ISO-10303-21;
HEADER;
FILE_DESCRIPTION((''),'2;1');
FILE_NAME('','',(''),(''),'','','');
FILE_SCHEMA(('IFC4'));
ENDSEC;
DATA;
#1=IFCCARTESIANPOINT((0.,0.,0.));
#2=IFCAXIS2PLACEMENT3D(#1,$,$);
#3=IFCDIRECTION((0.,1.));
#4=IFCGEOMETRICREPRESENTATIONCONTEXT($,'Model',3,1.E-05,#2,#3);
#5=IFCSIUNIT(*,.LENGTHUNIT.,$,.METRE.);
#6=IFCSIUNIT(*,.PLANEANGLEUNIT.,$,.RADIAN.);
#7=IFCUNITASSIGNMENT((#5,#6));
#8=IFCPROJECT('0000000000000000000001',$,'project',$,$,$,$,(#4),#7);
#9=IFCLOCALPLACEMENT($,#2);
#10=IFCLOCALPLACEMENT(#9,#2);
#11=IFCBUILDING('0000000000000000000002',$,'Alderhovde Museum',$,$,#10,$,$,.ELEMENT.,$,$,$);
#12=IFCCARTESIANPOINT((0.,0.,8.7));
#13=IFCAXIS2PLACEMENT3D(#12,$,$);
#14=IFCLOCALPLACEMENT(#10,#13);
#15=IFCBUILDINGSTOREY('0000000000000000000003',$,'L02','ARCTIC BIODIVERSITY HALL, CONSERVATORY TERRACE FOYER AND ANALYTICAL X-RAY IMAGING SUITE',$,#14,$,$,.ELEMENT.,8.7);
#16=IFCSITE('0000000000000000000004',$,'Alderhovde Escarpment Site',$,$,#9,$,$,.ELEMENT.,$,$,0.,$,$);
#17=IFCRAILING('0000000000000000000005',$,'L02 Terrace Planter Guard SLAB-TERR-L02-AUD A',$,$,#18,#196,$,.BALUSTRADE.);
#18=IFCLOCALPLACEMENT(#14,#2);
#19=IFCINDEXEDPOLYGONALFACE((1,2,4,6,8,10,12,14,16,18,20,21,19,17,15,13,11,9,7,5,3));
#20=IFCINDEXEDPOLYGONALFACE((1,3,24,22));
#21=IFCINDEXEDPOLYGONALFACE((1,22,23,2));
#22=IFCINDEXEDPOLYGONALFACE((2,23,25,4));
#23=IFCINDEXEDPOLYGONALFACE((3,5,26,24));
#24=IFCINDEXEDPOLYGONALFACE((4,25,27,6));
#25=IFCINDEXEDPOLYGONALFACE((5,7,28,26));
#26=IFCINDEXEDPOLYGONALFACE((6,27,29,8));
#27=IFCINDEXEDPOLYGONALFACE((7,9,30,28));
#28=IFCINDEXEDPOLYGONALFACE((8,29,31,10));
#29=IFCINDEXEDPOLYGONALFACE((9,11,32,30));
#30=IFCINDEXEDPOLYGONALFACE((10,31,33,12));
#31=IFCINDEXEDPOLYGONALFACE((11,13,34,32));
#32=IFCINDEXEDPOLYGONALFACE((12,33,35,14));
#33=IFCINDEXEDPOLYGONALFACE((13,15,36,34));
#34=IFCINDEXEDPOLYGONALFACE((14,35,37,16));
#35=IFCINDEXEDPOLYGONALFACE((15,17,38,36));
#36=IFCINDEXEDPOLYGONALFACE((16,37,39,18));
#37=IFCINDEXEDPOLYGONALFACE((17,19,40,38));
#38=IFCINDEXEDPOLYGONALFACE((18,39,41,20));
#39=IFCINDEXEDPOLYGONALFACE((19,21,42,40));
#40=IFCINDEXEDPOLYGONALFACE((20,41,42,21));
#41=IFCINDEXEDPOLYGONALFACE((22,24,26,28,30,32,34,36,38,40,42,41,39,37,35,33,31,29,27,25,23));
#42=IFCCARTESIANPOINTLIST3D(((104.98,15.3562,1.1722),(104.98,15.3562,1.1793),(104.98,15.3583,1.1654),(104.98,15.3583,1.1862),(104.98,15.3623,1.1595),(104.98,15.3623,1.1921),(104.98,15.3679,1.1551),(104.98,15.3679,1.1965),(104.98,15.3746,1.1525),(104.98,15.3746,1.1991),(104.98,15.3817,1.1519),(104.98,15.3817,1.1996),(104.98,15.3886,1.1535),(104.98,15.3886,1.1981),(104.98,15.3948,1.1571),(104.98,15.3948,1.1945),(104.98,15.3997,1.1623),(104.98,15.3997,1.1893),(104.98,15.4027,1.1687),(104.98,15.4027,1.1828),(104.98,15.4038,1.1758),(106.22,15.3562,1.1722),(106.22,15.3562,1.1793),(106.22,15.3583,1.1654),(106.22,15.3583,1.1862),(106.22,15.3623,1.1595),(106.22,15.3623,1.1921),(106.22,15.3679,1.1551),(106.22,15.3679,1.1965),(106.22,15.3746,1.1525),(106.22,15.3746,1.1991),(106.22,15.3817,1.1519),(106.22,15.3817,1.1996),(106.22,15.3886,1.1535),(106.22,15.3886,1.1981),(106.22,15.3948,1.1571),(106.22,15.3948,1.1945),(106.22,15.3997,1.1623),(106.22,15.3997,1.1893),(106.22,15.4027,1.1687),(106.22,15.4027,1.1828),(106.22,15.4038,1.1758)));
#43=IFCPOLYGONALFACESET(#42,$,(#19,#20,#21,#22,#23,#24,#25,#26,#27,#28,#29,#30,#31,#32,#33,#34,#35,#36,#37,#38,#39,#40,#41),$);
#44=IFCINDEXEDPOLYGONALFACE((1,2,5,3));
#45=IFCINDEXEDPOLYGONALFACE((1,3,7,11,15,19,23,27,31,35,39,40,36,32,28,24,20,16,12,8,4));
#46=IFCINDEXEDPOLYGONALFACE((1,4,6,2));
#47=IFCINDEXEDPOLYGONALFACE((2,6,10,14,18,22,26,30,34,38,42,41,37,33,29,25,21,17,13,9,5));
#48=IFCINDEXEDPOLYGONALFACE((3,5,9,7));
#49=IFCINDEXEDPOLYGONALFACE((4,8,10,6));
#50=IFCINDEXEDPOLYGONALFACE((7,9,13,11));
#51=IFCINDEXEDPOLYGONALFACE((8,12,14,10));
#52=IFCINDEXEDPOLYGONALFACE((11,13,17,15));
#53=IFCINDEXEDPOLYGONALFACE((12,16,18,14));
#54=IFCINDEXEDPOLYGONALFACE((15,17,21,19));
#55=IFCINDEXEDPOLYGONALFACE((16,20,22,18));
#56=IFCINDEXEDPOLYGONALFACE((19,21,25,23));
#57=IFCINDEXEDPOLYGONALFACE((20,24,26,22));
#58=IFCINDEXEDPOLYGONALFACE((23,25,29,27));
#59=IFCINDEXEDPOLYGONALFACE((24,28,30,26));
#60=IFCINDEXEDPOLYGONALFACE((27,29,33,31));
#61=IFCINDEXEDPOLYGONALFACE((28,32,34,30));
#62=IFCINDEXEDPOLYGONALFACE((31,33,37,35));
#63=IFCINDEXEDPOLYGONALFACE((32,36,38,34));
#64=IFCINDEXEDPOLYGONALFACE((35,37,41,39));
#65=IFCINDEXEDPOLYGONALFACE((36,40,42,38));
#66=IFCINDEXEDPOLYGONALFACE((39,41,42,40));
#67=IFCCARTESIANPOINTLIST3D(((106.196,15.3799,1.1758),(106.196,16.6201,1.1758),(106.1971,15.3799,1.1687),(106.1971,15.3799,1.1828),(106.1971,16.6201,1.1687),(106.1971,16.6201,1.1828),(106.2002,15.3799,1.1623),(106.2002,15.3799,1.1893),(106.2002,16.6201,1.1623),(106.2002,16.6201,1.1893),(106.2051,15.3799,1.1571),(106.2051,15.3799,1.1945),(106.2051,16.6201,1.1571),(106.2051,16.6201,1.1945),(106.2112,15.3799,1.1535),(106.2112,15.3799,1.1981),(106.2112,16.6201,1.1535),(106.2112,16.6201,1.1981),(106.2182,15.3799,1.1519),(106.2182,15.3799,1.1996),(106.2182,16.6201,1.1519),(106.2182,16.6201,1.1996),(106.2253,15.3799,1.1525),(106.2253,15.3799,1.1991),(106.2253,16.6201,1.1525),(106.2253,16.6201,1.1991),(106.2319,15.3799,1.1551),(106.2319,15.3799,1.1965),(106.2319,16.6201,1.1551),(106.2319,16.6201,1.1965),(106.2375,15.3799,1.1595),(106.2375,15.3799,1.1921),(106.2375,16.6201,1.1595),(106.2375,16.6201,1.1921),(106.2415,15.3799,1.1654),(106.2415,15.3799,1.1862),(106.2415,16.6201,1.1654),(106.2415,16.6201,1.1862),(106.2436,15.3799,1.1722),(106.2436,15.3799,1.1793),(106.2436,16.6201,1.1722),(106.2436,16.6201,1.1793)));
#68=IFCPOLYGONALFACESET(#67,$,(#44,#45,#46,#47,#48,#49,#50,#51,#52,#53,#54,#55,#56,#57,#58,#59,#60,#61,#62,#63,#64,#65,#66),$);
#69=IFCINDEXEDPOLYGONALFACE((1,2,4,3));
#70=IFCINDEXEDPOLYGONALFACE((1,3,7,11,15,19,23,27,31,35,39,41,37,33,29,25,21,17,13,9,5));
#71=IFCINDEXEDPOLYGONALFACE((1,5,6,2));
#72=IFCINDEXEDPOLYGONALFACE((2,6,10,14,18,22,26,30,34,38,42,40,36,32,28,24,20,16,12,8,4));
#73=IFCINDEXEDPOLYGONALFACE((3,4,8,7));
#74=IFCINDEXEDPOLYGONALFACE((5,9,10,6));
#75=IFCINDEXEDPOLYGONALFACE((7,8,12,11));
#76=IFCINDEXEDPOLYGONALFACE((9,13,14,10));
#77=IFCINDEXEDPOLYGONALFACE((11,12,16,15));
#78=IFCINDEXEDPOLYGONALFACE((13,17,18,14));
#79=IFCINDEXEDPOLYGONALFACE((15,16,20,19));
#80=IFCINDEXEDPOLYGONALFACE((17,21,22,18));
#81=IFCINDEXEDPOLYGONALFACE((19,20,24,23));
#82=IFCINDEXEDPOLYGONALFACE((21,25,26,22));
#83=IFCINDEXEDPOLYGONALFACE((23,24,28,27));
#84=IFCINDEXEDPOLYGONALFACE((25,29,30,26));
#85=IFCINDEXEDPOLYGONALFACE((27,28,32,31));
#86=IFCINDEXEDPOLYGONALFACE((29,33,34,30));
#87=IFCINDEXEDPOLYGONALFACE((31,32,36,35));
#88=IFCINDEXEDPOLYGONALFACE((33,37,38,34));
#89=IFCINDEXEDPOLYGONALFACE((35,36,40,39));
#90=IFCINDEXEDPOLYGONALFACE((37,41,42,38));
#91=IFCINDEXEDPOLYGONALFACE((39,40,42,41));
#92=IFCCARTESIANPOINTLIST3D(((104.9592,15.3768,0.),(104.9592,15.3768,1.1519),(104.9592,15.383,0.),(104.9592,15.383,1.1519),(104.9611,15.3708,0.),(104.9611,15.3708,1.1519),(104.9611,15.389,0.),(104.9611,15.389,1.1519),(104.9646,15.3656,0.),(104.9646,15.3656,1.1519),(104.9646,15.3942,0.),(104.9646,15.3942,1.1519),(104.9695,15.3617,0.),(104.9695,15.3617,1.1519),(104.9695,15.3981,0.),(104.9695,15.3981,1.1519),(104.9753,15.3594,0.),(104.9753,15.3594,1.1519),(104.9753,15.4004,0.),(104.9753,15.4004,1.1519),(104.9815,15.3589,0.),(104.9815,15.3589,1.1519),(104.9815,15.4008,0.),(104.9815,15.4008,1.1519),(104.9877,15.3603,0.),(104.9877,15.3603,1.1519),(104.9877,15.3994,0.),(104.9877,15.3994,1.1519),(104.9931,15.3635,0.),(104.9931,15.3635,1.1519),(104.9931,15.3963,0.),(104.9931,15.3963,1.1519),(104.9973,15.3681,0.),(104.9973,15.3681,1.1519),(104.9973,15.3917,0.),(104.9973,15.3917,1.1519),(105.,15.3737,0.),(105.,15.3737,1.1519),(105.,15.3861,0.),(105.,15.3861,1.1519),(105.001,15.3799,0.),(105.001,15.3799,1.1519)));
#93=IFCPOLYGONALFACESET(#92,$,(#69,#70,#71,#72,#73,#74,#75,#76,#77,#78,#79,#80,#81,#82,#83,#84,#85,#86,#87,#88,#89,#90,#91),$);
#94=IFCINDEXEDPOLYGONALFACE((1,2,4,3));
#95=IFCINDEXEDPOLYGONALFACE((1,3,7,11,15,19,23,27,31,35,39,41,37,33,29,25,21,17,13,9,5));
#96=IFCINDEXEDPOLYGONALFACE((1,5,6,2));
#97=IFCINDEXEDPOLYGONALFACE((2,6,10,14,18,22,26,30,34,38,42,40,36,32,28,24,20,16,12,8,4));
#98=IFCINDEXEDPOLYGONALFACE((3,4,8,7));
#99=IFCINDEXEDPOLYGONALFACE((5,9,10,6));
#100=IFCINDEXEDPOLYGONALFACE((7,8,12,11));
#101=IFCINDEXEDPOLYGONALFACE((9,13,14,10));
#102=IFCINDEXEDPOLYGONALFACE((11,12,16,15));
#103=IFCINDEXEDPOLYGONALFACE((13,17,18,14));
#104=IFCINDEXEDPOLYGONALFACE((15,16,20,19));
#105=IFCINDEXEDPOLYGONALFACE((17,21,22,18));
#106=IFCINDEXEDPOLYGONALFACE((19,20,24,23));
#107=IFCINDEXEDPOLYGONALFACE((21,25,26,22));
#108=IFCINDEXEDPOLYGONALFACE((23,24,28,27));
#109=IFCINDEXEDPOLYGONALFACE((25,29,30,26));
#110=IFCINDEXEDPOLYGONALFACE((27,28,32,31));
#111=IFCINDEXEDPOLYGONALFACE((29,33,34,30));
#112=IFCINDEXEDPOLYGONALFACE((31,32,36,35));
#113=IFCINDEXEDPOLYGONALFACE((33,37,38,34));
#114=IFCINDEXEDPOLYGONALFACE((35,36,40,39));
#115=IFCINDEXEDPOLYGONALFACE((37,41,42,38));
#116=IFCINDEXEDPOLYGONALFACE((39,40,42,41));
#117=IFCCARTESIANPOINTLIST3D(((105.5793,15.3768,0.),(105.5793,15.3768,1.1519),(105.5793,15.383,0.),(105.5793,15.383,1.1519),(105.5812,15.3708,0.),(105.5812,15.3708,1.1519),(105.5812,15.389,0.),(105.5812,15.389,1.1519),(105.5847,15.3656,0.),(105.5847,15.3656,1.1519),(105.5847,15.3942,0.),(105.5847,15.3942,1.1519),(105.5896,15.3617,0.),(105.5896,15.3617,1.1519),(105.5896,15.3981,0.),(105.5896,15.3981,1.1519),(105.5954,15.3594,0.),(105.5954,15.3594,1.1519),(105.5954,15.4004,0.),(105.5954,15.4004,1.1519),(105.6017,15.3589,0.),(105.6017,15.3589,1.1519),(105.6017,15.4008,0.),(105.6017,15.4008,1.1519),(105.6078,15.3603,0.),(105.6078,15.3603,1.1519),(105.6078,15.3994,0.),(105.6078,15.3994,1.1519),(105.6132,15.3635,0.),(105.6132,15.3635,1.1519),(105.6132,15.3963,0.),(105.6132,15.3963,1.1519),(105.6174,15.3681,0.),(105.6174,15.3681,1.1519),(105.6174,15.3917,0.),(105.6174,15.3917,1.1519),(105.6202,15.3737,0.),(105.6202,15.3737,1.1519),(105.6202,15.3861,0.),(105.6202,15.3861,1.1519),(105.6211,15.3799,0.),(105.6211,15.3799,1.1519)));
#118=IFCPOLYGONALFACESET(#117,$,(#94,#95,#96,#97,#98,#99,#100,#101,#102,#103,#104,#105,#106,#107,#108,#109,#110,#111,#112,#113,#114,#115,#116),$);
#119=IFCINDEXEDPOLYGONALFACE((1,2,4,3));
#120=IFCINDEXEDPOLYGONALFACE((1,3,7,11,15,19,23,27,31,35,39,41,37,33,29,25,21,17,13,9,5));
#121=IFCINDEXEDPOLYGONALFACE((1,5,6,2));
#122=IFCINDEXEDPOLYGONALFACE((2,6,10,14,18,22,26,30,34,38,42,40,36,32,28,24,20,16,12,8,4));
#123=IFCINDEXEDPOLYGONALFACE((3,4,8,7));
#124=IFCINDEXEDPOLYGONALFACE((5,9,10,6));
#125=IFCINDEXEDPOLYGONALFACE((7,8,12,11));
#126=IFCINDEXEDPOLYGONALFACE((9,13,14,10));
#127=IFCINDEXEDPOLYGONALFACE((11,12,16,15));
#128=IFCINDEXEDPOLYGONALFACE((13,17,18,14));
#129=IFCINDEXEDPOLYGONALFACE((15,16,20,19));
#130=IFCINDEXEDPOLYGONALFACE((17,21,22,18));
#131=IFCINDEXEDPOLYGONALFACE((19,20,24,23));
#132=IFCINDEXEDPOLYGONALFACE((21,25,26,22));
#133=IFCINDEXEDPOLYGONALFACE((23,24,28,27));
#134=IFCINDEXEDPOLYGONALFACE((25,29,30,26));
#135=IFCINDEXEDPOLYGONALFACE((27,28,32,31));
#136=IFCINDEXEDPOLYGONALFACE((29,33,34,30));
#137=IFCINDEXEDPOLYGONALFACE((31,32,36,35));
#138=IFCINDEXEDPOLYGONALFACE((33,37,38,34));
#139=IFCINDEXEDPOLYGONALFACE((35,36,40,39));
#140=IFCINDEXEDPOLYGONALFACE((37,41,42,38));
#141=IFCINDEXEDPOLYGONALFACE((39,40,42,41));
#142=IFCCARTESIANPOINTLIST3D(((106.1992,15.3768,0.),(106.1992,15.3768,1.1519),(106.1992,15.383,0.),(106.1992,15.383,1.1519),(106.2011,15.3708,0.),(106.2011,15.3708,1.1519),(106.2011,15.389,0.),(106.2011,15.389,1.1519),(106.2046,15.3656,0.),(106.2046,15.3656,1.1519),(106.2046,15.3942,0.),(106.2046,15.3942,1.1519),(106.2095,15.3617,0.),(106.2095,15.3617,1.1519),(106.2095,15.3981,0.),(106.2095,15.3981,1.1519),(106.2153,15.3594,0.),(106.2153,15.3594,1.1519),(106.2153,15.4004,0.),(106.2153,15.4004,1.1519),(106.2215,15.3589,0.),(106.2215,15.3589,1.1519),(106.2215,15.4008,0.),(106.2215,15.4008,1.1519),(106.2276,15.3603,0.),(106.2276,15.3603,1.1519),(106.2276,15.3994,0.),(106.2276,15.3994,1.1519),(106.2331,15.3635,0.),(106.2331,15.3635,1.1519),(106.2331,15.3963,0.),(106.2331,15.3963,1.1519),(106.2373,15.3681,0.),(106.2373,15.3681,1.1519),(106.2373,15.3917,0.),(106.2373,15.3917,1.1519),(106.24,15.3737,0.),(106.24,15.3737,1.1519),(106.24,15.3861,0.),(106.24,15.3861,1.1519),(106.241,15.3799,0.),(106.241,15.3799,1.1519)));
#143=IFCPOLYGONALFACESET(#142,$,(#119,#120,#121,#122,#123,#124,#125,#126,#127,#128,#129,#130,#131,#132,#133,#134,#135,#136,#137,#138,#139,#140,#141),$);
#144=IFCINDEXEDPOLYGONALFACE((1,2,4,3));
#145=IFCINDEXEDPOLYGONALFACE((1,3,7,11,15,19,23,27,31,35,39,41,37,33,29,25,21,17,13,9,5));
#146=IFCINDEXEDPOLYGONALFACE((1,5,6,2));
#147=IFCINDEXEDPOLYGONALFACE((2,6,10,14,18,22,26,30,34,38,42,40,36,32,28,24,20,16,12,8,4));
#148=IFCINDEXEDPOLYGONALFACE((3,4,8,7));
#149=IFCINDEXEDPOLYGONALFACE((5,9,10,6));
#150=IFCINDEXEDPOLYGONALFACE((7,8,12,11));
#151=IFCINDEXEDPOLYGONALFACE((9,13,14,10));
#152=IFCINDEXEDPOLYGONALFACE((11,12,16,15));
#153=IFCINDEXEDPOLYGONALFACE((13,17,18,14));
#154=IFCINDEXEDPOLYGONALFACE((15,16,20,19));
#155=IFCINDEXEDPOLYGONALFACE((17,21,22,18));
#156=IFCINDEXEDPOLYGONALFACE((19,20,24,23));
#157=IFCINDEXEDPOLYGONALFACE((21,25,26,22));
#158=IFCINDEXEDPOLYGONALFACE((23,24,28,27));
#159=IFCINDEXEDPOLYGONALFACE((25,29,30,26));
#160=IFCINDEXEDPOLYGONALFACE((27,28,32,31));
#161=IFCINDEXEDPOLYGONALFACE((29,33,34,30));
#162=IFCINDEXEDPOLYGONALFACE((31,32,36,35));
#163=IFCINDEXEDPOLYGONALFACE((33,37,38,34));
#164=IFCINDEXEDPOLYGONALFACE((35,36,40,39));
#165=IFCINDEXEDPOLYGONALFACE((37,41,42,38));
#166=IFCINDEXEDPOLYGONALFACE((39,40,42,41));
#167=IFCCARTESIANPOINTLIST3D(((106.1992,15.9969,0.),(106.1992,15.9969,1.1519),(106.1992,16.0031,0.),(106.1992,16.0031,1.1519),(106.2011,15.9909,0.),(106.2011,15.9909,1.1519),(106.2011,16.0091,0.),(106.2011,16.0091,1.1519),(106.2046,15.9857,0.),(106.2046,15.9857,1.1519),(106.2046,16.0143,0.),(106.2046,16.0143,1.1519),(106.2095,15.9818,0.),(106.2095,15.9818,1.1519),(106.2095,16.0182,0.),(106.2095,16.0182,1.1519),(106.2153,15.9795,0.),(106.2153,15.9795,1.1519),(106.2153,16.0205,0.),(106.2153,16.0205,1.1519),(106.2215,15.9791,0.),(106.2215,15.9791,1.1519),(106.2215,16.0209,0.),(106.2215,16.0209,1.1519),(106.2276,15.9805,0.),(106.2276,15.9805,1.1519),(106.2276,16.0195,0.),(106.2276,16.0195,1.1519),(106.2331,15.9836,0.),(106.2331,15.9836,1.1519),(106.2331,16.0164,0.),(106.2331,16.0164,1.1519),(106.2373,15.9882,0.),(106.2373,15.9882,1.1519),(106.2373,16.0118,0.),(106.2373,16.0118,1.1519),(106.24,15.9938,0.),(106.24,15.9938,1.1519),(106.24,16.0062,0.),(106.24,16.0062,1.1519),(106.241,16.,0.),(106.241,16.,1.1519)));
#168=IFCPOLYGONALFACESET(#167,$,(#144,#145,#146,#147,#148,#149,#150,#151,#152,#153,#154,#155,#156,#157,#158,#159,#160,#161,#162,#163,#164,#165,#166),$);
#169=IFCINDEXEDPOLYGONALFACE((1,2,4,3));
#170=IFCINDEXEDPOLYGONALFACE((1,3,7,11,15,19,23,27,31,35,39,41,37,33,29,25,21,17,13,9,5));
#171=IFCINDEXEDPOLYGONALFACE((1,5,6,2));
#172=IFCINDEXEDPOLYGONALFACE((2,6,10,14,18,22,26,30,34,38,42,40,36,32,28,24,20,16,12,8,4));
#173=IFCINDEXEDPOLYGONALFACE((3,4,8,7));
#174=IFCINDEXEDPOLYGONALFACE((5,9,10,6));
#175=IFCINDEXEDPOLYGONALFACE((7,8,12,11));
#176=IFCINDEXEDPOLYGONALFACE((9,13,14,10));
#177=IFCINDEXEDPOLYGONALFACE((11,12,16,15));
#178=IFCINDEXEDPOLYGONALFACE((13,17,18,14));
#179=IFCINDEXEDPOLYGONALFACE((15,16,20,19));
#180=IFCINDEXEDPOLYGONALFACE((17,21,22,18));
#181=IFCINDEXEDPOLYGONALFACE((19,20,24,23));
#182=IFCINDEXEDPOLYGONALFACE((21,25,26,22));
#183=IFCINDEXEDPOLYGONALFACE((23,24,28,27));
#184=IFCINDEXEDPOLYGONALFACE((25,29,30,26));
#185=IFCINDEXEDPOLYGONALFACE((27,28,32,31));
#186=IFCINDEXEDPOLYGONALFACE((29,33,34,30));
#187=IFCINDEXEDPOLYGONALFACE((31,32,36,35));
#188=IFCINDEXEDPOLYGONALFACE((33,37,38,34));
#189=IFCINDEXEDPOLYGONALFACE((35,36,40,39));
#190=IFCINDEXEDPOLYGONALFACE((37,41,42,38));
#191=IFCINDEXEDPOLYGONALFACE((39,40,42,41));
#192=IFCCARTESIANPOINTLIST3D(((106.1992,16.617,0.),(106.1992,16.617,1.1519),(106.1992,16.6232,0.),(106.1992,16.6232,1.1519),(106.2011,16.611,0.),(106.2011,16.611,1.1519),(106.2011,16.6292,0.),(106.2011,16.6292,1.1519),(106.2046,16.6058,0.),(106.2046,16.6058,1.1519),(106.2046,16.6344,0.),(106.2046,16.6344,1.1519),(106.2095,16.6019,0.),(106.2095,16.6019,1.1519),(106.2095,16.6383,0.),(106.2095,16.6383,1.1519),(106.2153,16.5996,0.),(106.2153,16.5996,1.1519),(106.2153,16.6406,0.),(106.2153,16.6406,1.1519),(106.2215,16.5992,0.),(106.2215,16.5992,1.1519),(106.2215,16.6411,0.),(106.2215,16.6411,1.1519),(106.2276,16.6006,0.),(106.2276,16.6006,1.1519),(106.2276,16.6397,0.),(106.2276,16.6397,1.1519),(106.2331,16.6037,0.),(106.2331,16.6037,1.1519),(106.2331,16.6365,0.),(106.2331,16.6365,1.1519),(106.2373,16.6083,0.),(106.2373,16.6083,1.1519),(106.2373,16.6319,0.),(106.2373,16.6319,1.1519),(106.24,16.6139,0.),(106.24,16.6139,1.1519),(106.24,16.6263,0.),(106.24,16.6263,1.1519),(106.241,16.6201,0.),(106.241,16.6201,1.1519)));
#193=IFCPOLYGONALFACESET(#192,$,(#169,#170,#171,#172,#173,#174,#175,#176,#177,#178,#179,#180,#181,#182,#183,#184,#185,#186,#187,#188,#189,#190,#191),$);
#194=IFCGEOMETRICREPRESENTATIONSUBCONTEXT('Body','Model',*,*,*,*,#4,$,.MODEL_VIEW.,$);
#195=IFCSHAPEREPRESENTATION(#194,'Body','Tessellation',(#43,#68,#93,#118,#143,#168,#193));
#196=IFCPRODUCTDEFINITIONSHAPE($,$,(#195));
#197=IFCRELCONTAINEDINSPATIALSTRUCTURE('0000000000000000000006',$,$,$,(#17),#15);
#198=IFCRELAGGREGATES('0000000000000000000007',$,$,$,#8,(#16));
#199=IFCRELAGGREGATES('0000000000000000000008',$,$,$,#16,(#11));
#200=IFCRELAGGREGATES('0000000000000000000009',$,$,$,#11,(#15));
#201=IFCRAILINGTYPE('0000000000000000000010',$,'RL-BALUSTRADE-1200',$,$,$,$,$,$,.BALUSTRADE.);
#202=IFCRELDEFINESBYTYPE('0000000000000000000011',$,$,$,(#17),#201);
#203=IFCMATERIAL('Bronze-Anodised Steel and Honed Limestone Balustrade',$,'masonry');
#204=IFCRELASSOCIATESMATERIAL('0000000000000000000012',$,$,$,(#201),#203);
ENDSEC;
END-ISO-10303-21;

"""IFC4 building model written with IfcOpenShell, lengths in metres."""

from ifc_helpers import new_model, si_unit, direction, frame, origin, origin_2d, place, context, subcontext, project, spatial, circle, extrude, material, type_object, element, save


model = new_model("IFC4")

# Units and contexts
model_context = context("Model", 3, precision=1e-05, world=origin(), true_north=direction((0.0, 1.0)))
body_context = subcontext(model_context, "Body", "Model", "MODEL_VIEW")
ifc_project = project(units=[si_unit("LENGTHUNIT", "METRE"), si_unit("PLANEANGLEUNIT", "RADIAN")], contexts=[model_context])

# Site, building, storey
site_placement = place(None, origin())
site = spatial("IfcSite", under=ifc_project, at=site_placement, Name="Alderhovde Escarpment Site", CompositionType="ELEMENT", RefElevation=0.0)
building_placement = place(site_placement, origin())
building = spatial("IfcBuilding", under=site, at=building_placement, Name="Alderhovde Museum", CompositionType="ELEMENT")
storey_placement = place(building_placement, frame((0.0, 0.0, 8.7)))
storey = spatial("IfcBuildingStorey", under=building, at=storey_placement, Name="L02", Description="ARCTIC BIODIVERSITY HALL, CONSERVATORY TERRACE FOYER AND ANALYTICAL X-RAY IMAGING SUITE", CompositionType="ELEMENT", Elevation=8.7)

# Railing
ifc_material_1 = material(Name="Bronze-Anodised Steel and Honed Limestone Balustrade", Category="masonry")
railing_type = type_object("IfcRailingType", Name="RL-BALUSTRADE-1200", PredefinedType="BALUSTRADE", material=ifc_material_1)
railing_placement = place(storey_placement, frame((104.98, 15.3799, 0.0)))
element("IfcRailing", 1, at=railing_placement, inside=storey, type_object=railing_type, Name="L02 Terrace Planter Guard SLAB-TERR-L02-AUD A", PredefinedType="BALUSTRADE", context=body_context, shape_type="SweptSolid", body=[
    extrude(circle(Radius=0.0239, at=origin_2d()), frame((0.0, 0.0, 1.1758), z_axis=(1.0, 0.0, 0.0), x_axis=(0.0, 1.0, 0.0)), (0.0, 0.0, 1.0), 1.24),
    extrude(circle(Radius=0.0239, at=origin_2d()), frame((1.24, 0.0, 1.1758), z_axis=(0.0, 1.0, 0.0), x_axis=(-1.0, 0.0, 0.0)), (0.0, 0.0, 1.0), 1.2402),
    extrude(circle(Radius=0.021, at=origin_2d()), origin(), (0.0, 0.0, 1.0), 1.1519),
    extrude(circle(Radius=0.021, at=origin_2d()), frame((0.6201, 0.0, 0.0)), (0.0, 0.0, 1.0), 1.1519),
    extrude(circle(Radius=0.021, at=origin_2d()), frame((1.24, 0.0, 0.0)), (0.0, 0.0, 1.0), 1.1519),
    extrude(circle(Radius=0.021, at=origin_2d()), frame((1.24, 0.6201, 0.0)), (0.0, 0.0, 1.0), 1.1519),
    extrude(circle(Radius=0.021, at=origin_2d()), frame((1.24, 1.2402, 0.0)), (0.0, 0.0, 1.0), 1.1519),
])

save(model, "model.ifc")
